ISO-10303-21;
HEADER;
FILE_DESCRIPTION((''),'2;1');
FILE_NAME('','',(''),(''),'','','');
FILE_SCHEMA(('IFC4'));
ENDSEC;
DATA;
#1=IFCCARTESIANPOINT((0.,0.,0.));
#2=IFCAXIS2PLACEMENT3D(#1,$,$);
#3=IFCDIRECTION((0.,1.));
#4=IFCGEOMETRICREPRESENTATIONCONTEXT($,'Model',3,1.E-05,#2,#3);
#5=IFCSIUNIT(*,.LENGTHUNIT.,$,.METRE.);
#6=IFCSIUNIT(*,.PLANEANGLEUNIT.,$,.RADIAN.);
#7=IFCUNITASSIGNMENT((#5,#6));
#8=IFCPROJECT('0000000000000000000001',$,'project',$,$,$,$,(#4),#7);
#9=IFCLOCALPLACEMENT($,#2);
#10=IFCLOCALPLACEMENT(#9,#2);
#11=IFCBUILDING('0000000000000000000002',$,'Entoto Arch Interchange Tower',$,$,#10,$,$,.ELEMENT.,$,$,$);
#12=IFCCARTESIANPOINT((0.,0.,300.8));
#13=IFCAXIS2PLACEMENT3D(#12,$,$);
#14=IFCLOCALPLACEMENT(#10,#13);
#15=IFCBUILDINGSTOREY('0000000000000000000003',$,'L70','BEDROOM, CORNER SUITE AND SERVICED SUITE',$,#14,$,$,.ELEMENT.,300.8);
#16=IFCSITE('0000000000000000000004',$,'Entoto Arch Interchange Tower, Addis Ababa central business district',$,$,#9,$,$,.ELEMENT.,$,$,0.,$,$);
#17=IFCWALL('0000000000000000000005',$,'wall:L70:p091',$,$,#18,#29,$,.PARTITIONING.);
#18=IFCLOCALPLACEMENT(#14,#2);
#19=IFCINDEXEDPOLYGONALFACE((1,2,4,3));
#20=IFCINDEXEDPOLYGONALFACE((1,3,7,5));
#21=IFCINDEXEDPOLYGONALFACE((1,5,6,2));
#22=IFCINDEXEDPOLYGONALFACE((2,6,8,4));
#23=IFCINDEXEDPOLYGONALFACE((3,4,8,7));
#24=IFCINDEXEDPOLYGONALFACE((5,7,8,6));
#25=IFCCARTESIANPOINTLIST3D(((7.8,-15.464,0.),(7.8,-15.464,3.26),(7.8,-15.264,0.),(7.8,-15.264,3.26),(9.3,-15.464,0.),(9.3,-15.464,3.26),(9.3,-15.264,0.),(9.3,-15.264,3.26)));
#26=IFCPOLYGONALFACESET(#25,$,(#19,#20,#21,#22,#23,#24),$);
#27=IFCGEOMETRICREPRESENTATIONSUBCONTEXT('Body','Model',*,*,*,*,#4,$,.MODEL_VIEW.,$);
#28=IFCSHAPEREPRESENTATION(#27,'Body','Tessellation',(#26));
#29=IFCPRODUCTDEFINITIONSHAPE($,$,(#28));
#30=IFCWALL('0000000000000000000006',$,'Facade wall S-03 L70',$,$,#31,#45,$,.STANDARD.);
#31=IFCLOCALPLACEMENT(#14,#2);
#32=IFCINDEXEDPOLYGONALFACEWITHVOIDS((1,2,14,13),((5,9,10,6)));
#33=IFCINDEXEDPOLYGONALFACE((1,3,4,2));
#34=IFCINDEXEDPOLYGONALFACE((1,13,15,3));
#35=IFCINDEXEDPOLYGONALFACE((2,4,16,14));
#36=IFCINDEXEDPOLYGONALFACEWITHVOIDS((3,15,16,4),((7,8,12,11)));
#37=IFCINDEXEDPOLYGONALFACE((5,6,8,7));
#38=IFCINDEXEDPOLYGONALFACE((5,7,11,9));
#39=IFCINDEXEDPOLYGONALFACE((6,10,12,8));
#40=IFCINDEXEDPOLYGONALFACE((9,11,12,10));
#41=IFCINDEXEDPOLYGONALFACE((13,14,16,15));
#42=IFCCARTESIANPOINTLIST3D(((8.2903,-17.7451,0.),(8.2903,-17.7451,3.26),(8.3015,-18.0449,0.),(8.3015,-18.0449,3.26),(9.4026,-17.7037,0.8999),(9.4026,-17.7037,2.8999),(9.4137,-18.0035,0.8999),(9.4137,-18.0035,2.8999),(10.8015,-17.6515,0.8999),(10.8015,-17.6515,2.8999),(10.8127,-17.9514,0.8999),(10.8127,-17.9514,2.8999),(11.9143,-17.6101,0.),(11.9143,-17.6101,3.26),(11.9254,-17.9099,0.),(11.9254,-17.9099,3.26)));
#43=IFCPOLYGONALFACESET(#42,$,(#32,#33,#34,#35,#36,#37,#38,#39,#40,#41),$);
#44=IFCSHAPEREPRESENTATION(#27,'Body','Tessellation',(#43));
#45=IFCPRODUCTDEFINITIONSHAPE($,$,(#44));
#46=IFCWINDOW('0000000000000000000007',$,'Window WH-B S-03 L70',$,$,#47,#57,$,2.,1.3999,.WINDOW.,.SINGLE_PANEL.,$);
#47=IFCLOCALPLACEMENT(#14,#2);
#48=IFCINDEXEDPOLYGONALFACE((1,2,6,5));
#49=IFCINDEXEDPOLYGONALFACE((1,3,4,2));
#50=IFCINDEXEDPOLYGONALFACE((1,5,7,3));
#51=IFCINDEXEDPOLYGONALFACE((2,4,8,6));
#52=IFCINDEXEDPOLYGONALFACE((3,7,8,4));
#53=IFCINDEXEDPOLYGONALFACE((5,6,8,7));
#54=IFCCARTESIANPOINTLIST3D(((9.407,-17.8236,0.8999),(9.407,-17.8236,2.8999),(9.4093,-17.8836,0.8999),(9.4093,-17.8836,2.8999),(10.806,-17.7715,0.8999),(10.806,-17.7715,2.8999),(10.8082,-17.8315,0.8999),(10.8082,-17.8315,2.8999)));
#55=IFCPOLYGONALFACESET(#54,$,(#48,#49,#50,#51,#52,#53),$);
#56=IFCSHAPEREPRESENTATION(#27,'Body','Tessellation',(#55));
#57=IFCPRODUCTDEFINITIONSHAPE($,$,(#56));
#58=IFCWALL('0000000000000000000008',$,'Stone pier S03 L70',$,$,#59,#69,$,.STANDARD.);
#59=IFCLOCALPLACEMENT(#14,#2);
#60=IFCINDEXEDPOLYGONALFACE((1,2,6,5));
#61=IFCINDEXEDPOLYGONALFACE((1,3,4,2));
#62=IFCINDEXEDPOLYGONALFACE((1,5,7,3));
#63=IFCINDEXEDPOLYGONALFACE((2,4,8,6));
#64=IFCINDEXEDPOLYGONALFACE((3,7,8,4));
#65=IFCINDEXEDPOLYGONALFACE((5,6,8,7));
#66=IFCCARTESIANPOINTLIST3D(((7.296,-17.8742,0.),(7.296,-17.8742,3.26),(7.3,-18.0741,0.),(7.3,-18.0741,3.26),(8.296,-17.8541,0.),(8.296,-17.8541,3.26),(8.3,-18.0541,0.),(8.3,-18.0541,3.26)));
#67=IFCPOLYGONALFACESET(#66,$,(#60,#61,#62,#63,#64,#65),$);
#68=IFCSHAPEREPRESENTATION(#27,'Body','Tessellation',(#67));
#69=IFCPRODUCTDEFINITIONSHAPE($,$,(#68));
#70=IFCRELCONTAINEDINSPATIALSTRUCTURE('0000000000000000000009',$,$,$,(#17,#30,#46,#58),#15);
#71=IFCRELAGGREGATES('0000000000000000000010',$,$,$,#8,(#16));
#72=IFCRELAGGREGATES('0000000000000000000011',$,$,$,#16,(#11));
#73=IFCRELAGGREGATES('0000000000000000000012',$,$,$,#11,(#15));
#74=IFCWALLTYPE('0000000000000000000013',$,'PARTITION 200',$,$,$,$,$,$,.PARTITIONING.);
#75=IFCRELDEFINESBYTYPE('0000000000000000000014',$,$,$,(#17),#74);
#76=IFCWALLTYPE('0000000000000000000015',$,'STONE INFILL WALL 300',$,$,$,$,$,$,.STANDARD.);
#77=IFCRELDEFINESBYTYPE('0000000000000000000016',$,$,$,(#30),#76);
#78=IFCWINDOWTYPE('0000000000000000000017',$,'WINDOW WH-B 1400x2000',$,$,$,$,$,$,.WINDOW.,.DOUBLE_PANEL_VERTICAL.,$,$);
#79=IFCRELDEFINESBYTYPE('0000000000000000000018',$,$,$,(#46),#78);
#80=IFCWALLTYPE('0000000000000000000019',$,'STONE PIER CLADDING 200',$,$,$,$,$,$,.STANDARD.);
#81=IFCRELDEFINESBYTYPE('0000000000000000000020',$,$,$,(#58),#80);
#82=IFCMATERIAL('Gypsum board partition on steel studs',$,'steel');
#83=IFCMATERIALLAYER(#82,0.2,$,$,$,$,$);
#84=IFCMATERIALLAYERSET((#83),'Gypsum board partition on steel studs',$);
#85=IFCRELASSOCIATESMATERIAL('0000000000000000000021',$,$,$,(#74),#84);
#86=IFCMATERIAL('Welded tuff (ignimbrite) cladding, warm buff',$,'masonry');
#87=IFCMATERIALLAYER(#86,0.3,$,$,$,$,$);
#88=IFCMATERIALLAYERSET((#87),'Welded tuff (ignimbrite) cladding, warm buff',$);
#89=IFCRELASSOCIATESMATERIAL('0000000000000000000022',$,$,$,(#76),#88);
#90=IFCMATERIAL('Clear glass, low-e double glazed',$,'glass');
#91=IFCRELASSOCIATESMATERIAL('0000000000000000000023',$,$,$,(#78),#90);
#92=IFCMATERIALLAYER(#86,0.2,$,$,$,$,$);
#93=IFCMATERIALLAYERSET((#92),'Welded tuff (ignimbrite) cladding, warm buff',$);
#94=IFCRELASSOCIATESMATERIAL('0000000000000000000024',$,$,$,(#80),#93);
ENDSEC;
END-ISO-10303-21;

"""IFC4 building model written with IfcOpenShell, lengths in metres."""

from ifc_helpers import new_model, si_unit, direction, frame, frame_2d, origin, place, context, subcontext, project, spatial, rectangle, extrude, material, layer, layer_set, type_object, element, fill, save


model = new_model("IFC4")

# Units and contexts
model_context = context("Model", 3, precision=1e-05, world=origin(), true_north=direction((0.0, 1.0)))
body_context = subcontext(model_context, "Body", "Model", "MODEL_VIEW")
ifc_project = project(units=[si_unit("LENGTHUNIT", "METRE"), si_unit("PLANEANGLEUNIT", "RADIAN")], contexts=[model_context])

# Site, building, storey
site_placement = place(None, origin())
site = spatial("IfcSite", under=ifc_project, at=site_placement, Name="Entoto Arch Interchange Tower, Addis Ababa central business district", CompositionType="ELEMENT", RefElevation=0.0)
building_placement = place(site_placement, origin())
building = spatial("IfcBuilding", under=site, at=building_placement, Name="Entoto Arch Interchange Tower", CompositionType="ELEMENT")
storey_placement = place(building_placement, frame((0.0, 0.0, 300.8)))
storey = spatial("IfcBuildingStorey", under=building, at=storey_placement, Name="L70", Description="BEDROOM, CORNER SUITE AND SERVICED SUITE", CompositionType="ELEMENT", Elevation=300.8)

# Shared definitions
ifc_material_1 = material(Name="Clear glass, low-e double glazed", Category="glass")

# Wall
ifc_material_2 = material(Name="Gypsum board partition on steel studs", Category="steel")
ifc_layer_1 = layer(ifc_material_2, 0.2)
ifc_layer_set_1 = layer_set([ifc_layer_1], Name="Gypsum board partition on steel studs")
wall_type_1 = type_object("IfcWallType", Name="PARTITION 200", PredefinedType="PARTITIONING", material=ifc_layer_set_1)
wall_1_placement = place(storey_placement, frame((9.3, -15.364, 0.0), z_axis=(0.0, 0.0, 1.0), x_axis=(-1.0, 0.0, 0.0)))
element("IfcWall", 1, at=wall_1_placement, inside=storey, type_object=wall_type_1, Name="wall:L70:p091", PredefinedType="PARTITIONING", context=body_context, shape_type="SweptSolid", body=[
    extrude(rectangle(XDim=1.5, YDim=0.2, at=frame_2d((0.75, 0.0))), origin(), (0.0, 0.0, 1.0), 3.26),
])

# Wall, opening, window
ifc_material_3 = material(Name="Welded tuff (ignimbrite) cladding, warm buff", Category="masonry")
ifc_layer_2 = layer(ifc_material_3, 0.3)
ifc_layer_set_2 = layer_set([ifc_layer_2], Name="Welded tuff (ignimbrite) cladding, warm buff")
wall_type_2 = type_object("IfcWallType", Name="STONE INFILL WALL 300", PredefinedType="STANDARD", material=ifc_layer_set_2)
wall_2_placement = place(storey_placement, frame((8.2959, -17.895, 0.0), z_axis=(0.0, 0.0, 1.0), x_axis=(0.999307, 0.037228, 0.0)))
wall_2 = element("IfcWall", 2, at=wall_2_placement, inside=storey, type_object=wall_type_2, Name="Facade wall S-03 L70", PredefinedType="STANDARD", context=body_context, shape_type="SweptSolid", body=[
    extrude(rectangle(XDim=3.6265, YDim=0.3, at=frame_2d((1.8132, 0.0))), origin(), (0.0, 0.0, 1.0), 3.26),
])
opening_placement = place(wall_2_placement, frame((1.113, 0.0, 0.8999)))
opening = element("IfcOpeningElement", 3, at=opening_placement, cuts=wall_2, PredefinedType="OPENING", context=body_context, shape_type="SweptSolid", body=[
    extrude(rectangle(XDim=1.3999, YDim=2.0, at=frame_2d((0.7, 1.0))), frame((0.0, 0.1602, 0.0), z_axis=(0.0, -1.0, 0.0), x_axis=(1.0, 0.0, 0.0)), (0.0, 0.0, 1.0), 0.3201),
])
window_type = type_object("IfcWindowType", Name="WINDOW WH-B 1400x2000", PartitioningType="DOUBLE_PANEL_VERTICAL", PredefinedType="WINDOW", material=ifc_material_1)
window_placement = place(opening_placement, origin())
window = element("IfcWindow", 4, at=window_placement, inside=storey, type_object=window_type, Name="Window WH-B S-03 L70", OverallHeight=2.0, OverallWidth=1.3999, PartitioningType="SINGLE_PANEL", PredefinedType="WINDOW", context=body_context, shape_type="SweptSolid", body=[
    extrude(rectangle(XDim=1.3999, YDim=2.0, at=frame_2d((0.7, 1.0))), frame((0.0, 0.03, 0.0), z_axis=(0.0, -1.0, 0.0), x_axis=(1.0, 0.0, 0.0)), (0.0, 0.0, 1.0), 0.0601),
])
fill(opening, window)

# Wall
ifc_layer_3 = layer(ifc_material_3, 0.2)
ifc_layer_set_3 = layer_set([ifc_layer_3], Name="Welded tuff (ignimbrite) cladding, warm buff")
wall_type_3 = type_object("IfcWallType", Name="STONE PIER CLADDING 200", PredefinedType="STANDARD", material=ifc_layer_set_3)
wall_3_placement = place(storey_placement, frame((7.2981, -17.9741, 0.0), z_axis=(0.0, 0.0, 1.0), x_axis=(0.9998, 0.020016, 0.0)))
element("IfcWall", 5, at=wall_3_placement, inside=storey, type_object=wall_type_3, Name="Stone pier S03 L70", PredefinedType="STANDARD", context=body_context, shape_type="SweptSolid", body=[
    extrude(rectangle(XDim=1.0002, YDim=0.2, at=frame_2d((0.5, 0.0))), origin(), (0.0, 0.0, 1.0), 3.26),
])

save(model, "model.ifc")
